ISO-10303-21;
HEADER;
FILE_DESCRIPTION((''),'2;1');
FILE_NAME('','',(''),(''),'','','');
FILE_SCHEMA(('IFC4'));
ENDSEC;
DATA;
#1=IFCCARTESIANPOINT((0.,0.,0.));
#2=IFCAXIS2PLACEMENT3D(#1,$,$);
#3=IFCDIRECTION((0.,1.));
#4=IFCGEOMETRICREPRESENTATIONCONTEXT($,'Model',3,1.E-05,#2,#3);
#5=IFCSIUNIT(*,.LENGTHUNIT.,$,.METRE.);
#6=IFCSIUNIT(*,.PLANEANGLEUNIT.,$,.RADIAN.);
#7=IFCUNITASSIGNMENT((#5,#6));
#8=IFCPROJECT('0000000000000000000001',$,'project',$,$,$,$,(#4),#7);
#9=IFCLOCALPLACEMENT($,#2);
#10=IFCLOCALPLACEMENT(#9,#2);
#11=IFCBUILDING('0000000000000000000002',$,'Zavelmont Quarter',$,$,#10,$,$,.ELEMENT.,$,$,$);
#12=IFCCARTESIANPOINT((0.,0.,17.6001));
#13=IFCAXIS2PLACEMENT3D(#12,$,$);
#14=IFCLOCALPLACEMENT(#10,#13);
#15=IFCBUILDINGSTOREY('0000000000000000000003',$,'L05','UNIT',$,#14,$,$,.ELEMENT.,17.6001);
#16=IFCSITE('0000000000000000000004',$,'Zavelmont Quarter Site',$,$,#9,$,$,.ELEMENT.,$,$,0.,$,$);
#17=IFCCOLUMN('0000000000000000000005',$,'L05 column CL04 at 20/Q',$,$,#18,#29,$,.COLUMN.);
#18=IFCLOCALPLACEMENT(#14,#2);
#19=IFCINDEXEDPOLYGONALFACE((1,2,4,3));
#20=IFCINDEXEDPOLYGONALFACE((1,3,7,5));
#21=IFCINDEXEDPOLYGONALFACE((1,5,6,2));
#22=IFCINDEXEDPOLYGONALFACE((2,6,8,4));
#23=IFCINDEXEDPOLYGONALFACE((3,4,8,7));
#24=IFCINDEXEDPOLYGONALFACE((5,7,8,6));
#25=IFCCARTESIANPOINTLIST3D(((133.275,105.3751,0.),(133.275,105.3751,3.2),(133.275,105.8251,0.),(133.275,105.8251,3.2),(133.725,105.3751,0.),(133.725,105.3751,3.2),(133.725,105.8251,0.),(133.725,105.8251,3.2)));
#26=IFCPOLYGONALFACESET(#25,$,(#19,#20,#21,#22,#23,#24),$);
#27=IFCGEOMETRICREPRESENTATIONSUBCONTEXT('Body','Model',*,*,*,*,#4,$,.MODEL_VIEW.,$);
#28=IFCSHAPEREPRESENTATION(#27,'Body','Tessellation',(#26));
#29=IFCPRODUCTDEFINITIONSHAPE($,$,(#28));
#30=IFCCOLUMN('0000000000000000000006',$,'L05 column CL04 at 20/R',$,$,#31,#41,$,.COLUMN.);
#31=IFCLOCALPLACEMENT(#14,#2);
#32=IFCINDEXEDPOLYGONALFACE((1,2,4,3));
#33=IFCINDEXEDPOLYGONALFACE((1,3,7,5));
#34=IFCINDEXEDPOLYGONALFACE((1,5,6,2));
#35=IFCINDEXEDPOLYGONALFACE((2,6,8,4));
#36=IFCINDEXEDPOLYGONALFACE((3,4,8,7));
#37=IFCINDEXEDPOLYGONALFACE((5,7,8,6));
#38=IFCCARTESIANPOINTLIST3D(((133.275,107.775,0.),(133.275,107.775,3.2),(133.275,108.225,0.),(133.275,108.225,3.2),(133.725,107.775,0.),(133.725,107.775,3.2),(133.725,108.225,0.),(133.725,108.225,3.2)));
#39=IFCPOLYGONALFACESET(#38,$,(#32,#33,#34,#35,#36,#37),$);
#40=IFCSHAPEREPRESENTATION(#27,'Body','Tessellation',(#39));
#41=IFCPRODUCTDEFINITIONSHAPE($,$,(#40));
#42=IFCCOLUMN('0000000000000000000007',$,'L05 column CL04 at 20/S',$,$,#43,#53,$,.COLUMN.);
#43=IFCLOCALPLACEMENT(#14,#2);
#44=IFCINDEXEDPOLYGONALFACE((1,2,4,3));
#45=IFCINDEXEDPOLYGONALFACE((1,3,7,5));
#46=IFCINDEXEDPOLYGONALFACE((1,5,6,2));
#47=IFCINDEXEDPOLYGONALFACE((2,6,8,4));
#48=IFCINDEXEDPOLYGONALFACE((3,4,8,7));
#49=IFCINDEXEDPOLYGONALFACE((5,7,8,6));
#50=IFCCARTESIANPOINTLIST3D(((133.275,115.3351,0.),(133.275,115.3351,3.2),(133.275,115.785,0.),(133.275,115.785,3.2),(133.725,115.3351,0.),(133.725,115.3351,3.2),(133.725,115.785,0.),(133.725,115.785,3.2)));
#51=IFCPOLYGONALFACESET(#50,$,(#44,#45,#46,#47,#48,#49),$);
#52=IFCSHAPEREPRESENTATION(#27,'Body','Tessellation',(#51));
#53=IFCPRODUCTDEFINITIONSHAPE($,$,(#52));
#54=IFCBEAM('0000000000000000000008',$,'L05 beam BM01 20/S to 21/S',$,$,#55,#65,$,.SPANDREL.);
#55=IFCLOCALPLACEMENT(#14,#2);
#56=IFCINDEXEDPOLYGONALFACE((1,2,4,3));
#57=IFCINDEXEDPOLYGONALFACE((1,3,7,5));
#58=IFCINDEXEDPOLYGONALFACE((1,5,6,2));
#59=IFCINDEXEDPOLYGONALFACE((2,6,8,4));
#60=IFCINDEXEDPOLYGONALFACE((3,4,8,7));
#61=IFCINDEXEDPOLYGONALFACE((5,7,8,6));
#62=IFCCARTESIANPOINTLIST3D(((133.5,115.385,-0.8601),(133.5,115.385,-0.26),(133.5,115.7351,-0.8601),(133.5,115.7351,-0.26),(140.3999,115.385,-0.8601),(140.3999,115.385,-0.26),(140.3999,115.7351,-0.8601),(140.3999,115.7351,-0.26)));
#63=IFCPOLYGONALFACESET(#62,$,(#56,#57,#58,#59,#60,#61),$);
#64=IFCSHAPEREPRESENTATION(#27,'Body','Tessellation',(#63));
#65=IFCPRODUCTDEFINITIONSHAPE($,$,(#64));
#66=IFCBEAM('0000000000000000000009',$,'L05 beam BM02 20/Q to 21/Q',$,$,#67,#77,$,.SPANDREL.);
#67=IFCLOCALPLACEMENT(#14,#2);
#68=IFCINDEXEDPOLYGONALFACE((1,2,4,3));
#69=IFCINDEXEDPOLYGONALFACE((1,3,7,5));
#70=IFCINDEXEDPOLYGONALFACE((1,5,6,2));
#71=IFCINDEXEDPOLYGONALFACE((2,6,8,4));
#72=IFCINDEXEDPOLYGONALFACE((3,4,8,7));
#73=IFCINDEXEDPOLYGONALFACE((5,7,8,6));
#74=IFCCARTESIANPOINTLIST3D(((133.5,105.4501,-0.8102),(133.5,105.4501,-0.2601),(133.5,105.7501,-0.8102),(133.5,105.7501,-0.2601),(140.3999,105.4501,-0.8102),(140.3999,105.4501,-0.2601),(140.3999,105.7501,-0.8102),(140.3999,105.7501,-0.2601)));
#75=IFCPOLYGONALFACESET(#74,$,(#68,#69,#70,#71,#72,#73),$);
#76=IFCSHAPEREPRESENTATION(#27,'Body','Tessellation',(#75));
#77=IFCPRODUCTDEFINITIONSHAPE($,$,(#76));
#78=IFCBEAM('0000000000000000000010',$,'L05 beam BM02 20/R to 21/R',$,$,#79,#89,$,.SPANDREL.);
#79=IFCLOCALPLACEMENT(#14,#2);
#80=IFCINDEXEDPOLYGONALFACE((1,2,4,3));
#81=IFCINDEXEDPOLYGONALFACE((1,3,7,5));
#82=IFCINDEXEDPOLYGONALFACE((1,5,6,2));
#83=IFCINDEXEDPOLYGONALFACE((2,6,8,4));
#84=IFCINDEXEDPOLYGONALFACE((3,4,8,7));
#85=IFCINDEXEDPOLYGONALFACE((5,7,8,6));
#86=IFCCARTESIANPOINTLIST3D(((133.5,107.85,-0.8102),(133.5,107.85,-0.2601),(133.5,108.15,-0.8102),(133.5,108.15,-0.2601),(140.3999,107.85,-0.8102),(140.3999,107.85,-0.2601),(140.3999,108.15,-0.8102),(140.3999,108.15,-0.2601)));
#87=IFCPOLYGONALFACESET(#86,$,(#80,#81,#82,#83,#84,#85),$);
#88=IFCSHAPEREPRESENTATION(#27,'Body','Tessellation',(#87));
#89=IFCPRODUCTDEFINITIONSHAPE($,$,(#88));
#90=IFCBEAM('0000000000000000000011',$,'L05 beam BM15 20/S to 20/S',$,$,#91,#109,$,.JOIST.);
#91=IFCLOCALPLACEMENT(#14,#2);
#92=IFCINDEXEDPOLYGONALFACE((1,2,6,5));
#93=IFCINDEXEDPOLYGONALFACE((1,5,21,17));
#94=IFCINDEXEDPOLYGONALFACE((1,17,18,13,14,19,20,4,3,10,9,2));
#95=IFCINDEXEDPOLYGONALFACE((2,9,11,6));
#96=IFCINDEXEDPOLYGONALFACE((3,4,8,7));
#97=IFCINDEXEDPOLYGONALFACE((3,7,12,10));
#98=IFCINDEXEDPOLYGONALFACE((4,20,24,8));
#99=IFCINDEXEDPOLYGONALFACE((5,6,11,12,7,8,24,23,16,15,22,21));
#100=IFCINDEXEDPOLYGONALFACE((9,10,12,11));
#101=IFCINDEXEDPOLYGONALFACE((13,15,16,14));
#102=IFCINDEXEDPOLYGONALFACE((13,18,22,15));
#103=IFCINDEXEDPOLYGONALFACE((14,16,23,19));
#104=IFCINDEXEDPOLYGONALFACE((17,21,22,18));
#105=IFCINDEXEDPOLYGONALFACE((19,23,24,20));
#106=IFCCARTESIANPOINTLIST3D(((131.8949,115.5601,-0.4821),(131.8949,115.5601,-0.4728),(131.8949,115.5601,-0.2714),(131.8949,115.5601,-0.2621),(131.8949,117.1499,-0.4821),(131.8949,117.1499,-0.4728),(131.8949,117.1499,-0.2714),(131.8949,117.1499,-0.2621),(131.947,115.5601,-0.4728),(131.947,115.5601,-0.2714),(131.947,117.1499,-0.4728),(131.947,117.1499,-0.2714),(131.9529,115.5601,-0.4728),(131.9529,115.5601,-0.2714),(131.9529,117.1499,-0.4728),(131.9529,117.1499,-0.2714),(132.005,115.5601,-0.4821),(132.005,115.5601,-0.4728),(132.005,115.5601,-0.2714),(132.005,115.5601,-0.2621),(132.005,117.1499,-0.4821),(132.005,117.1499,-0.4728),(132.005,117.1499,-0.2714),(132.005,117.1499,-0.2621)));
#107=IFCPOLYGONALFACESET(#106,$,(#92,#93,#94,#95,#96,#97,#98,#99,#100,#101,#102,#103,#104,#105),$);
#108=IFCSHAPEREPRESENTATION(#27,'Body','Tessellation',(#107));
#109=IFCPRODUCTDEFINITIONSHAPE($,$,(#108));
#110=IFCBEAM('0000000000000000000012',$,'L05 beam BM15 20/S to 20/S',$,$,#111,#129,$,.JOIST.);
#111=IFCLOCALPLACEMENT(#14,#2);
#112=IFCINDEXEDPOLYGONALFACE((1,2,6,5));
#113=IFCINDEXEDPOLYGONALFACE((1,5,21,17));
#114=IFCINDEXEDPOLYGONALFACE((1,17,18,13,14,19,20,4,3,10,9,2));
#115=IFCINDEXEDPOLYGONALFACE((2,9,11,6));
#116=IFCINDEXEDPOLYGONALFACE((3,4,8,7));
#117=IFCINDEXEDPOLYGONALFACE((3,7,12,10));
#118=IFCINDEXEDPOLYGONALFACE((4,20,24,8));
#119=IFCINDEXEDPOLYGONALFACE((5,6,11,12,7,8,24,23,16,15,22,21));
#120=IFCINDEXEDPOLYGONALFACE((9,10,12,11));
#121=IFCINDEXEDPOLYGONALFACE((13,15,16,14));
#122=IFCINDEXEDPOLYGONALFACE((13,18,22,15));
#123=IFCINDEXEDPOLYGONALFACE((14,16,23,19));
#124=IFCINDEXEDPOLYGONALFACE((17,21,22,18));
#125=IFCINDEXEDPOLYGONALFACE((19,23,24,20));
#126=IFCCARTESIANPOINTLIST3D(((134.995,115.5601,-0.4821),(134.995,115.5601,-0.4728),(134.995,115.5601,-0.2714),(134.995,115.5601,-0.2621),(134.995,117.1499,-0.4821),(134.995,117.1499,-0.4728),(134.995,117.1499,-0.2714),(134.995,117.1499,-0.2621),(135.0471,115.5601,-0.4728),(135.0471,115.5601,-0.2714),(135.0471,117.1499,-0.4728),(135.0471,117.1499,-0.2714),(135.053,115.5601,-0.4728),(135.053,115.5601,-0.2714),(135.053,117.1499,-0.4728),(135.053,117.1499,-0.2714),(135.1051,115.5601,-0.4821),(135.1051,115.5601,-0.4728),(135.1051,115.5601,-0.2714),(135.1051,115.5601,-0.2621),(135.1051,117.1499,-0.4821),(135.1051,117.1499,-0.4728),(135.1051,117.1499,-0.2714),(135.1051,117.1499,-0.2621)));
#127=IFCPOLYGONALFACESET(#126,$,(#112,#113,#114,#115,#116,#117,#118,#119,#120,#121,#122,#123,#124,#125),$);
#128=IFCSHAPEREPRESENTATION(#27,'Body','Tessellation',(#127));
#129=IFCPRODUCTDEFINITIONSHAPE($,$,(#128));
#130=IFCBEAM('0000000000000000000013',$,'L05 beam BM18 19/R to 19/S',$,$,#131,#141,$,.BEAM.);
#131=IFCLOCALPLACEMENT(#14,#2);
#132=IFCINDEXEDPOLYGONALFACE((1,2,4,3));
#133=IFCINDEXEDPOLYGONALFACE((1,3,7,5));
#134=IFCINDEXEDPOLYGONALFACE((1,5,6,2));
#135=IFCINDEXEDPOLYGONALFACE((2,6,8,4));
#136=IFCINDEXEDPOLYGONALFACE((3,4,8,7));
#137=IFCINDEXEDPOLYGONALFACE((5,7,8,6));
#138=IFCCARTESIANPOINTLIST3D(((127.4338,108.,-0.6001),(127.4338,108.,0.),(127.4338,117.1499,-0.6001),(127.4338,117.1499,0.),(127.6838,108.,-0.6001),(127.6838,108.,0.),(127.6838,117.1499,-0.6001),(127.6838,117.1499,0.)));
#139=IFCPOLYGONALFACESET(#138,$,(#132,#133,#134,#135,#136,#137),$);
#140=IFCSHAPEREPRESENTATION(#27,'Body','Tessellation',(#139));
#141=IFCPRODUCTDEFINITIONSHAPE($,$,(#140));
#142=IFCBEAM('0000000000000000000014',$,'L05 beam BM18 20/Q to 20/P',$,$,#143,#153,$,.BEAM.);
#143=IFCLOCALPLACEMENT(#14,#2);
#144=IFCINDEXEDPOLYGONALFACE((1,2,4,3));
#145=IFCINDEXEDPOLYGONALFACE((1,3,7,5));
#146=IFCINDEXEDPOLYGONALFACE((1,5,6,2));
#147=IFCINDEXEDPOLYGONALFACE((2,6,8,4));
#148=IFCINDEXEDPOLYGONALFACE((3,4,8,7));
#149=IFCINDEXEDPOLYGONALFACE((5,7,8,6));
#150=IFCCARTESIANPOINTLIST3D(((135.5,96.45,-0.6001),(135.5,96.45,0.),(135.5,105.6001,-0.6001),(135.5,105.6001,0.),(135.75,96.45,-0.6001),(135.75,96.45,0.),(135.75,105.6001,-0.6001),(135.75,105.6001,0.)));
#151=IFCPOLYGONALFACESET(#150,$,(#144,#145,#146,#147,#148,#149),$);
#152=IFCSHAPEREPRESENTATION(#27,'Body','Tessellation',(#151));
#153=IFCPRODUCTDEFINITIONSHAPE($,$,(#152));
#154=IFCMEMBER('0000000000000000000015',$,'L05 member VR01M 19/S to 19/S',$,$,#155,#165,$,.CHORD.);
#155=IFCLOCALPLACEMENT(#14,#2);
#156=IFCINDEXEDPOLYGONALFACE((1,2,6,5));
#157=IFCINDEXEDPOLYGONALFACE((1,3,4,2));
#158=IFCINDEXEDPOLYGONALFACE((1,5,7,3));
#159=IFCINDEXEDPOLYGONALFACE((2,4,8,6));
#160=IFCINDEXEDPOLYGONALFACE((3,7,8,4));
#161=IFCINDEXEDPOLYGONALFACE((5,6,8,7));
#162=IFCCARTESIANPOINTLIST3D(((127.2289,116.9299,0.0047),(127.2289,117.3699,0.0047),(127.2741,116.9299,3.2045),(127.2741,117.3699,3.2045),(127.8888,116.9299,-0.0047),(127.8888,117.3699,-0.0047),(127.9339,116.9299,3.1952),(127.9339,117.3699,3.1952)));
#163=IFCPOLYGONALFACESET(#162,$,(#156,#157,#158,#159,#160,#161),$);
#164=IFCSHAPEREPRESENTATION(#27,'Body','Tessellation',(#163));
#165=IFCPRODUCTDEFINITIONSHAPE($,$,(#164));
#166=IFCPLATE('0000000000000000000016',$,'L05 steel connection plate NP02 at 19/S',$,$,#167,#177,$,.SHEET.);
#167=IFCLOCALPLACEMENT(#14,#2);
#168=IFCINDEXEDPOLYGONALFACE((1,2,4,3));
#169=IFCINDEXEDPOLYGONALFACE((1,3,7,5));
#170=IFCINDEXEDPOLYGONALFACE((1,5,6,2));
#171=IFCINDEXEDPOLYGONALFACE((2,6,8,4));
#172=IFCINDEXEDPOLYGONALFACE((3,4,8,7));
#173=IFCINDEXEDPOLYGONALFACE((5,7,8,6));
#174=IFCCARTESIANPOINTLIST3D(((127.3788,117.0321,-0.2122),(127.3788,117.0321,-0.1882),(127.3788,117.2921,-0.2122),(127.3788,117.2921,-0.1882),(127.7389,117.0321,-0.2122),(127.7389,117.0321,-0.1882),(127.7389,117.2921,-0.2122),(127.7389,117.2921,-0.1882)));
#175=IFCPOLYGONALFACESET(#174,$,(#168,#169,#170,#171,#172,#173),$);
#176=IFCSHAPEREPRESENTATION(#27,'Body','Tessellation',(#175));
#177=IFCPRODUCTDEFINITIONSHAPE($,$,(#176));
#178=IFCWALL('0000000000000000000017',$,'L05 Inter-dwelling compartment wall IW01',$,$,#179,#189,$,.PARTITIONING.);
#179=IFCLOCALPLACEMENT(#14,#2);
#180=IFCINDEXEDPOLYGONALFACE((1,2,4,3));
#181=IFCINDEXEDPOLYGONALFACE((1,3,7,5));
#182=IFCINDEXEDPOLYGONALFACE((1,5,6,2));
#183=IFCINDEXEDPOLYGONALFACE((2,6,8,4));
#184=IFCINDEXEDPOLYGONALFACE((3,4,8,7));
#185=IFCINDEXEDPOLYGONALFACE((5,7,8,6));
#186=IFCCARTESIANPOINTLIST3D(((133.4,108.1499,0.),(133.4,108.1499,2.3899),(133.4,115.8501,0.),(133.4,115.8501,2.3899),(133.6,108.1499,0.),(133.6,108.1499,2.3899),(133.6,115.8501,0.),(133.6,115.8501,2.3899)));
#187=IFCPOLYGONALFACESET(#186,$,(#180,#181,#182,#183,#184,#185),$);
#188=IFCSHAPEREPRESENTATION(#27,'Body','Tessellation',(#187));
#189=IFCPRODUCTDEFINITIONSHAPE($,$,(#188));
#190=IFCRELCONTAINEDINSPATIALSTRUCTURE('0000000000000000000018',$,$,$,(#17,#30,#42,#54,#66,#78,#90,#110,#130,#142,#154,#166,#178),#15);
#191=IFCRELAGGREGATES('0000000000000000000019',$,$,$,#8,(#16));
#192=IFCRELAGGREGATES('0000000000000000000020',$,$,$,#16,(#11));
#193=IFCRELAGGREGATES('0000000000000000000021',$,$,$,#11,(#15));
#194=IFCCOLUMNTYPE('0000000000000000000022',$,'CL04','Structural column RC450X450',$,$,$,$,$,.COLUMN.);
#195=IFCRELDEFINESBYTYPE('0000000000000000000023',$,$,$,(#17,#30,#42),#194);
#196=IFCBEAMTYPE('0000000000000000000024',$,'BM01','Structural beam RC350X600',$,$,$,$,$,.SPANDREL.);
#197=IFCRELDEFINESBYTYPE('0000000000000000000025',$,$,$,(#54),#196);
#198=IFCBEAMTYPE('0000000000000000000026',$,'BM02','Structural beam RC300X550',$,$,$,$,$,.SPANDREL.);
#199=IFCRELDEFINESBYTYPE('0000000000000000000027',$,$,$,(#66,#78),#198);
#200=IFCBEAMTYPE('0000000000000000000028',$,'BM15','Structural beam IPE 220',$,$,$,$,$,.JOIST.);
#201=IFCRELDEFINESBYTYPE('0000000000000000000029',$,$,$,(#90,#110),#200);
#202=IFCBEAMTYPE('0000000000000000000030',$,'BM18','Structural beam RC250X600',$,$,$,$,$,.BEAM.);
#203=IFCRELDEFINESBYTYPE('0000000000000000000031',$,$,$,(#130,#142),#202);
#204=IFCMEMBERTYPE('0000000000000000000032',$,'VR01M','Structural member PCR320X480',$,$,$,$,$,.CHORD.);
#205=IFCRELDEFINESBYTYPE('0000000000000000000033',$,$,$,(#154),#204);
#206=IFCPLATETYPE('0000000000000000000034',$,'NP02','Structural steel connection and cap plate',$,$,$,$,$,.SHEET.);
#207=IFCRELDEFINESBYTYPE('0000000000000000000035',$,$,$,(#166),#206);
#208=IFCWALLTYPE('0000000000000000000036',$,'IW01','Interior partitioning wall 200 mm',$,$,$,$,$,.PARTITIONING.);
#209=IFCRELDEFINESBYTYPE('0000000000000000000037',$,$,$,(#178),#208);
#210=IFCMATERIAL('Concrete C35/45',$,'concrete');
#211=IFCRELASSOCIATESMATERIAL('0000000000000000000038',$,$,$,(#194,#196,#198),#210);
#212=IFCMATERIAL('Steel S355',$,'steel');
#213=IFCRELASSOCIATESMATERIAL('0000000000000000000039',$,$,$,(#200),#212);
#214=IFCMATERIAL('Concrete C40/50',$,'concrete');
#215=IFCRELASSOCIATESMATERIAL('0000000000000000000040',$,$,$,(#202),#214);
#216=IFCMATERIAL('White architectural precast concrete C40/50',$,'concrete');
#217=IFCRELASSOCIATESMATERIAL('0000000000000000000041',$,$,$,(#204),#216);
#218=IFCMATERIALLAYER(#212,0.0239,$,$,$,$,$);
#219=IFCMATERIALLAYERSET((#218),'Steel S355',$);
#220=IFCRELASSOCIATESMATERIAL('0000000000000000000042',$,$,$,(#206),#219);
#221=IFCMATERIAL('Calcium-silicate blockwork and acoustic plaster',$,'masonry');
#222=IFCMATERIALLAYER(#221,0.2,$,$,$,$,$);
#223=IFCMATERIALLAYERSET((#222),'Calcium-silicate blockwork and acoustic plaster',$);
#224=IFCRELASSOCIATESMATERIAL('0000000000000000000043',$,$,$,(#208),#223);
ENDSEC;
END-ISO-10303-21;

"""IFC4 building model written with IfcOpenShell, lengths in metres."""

from ifc_helpers import new_model, si_unit, direction, frame, frame_2d, origin, origin_2d, place, context, subcontext, project, spatial, rectangle, i_section, extrude, material, layer, layer_set, material_profile, profile_set, type_object, element, save


model = new_model("IFC4")

# Units and contexts
model_context = context("Model", 3, precision=1e-05, world=origin(), true_north=direction((0.0, 1.0)))
body_context = subcontext(model_context, "Body", "Model", "MODEL_VIEW")
ifc_project = project(units=[si_unit("LENGTHUNIT", "METRE"), si_unit("PLANEANGLEUNIT", "RADIAN")], contexts=[model_context])

# Site, building, storey
site_placement = place(None, origin())
site = spatial("IfcSite", under=ifc_project, at=site_placement, Name="Zavelmont Quarter Site", CompositionType="ELEMENT", RefElevation=0.0)
building_placement = place(site_placement, origin())
building = spatial("IfcBuilding", under=site, at=building_placement, Name="Zavelmont Quarter", CompositionType="ELEMENT")
storey_placement = place(building_placement, frame((0.0, 0.0, 17.6001)))
storey = spatial("IfcBuildingStorey", under=building, at=storey_placement, Name="L05", Description="UNIT", CompositionType="ELEMENT", Elevation=17.6001)

# Columns
ifc_material_1 = material(Name="Concrete C35/45", Category="concrete")
ifc_material_profile_1 = material_profile(ifc_material_1, rectangle(XDim=0.45, YDim=0.45, at=origin_2d()), Name="RC450X450")
ifc_profile_set_1 = profile_set([ifc_material_profile_1], Name="Concrete C35/45")
column_type = type_object("IfcColumnType", Name="CL04", Description="Structural column RC450X450", PredefinedType="COLUMN", material=ifc_profile_set_1)
for number, where, z_axis, x_axis, name in (
    (1, (133.5, 105.6001, 0.0), (0.0, 0.0, 1.0), (1.0, 0.0, 0.0), "L05 column CL04 at 20/Q"),
    (2, (133.5, 108.0, 0.0), (0.0, 0.0, 1.0), (1.0, 0.0, 0.0), "L05 column CL04 at 20/R"),
    (3, (133.5, 115.5601, 0.0), (0.0, 0.0, 1.0), (1.0, 0.0, 0.0), "L05 column CL04 at 20/S"),
):
    element("IfcColumn", number, at=place(storey_placement, frame(where, z_axis=z_axis, x_axis=x_axis)), inside=storey, type_object=column_type, Name=name, PredefinedType="COLUMN", context=body_context, shape_type="SweptSolid", body=[
        extrude(rectangle(XDim=0.45, YDim=0.45, at=origin_2d()), origin(), (0.0, 0.0, 1.0), 3.2),
    ])

# Beams
ifc_material_profile_2 = material_profile(ifc_material_1, rectangle(XDim=0.3501, YDim=0.6001, at=origin_2d()), Name="RC350X600")
ifc_profile_set_2 = profile_set([ifc_material_profile_2], Name="Concrete C35/45")
beam_type_1 = type_object("IfcBeamType", Name="BM01", Description="Structural beam RC350X600", PredefinedType="SPANDREL", material=ifc_profile_set_2)
beam_1_placement = place(storey_placement, frame((133.5, 115.5601, -0.5601), z_axis=(1.0, 0.0, 0.0), x_axis=(0.0, 1.0, 0.0)))
element("IfcBeam", 4, at=beam_1_placement, inside=storey, type_object=beam_type_1, Name="L05 beam BM01 20/S to 21/S", PredefinedType="SPANDREL", context=body_context, shape_type="SweptSolid", body=[
    extrude(rectangle(XDim=0.3501, YDim=0.6001, at=origin_2d()), origin(), (0.0, 0.0, 1.0), 6.8999),
])
ifc_material_profile_3 = material_profile(ifc_material_1, rectangle(XDim=0.3, YDim=0.55, at=origin_2d()), Name="RC300X550")
ifc_profile_set_3 = profile_set([ifc_material_profile_3], Name="Concrete C35/45")
beam_type_2 = type_object("IfcBeamType", Name="BM02", Description="Structural beam RC300X550", PredefinedType="SPANDREL", material=ifc_profile_set_3)
for number, where, z_axis, x_axis, name in (
    (5, (133.5, 105.6001, -0.5352), (1.0, 0.0, 0.0), (0.0, 1.0, 0.0), "L05 beam BM02 20/Q to 21/Q"),
    (6, (133.5, 108.0, -0.5352), (1.0, 0.0, 0.0), (0.0, 1.0, 0.0), "L05 beam BM02 20/R to 21/R"),
):
    element("IfcBeam", number, at=place(storey_placement, frame(where, z_axis=z_axis, x_axis=x_axis)), inside=storey, type_object=beam_type_2, Name=name, PredefinedType="SPANDREL", context=body_context, shape_type="SweptSolid", body=[
        extrude(rectangle(XDim=0.3, YDim=0.55, at=origin_2d()), origin(), (0.0, 0.0, 1.0), 6.8999),
    ])
ifc_material_2 = material(Name="Steel S355", Category="steel")
ifc_material_profile_4 = material_profile(ifc_material_2, i_section(OverallWidth=0.1101, OverallDepth=0.22, WebThickness=0.0059, FlangeThickness=0.0093, at=origin_2d()), Name="IPE 220")
ifc_profile_set_4 = profile_set([ifc_material_profile_4], Name="Steel S355")
beam_type_3 = type_object("IfcBeamType", Name="BM15", Description="Structural beam IPE 220", PredefinedType="JOIST", material=ifc_profile_set_4)
for number, where, z_axis, x_axis, name in (
    (7, (131.95, 115.5601, -0.3721), (0.0, 1.0, 0.0), (-1.0, 0.0, 0.0), "L05 beam BM15 20/S to 20/S"),
    (8, (135.05, 115.5601, -0.3721), (0.0, 1.0, 0.0), (-1.0, 0.0, 0.0), "L05 beam BM15 20/S to 20/S"),
):
    element("IfcBeam", number, at=place(storey_placement, frame(where, z_axis=z_axis, x_axis=x_axis)), inside=storey, type_object=beam_type_3, Name=name, PredefinedType="JOIST", context=body_context, shape_type="SweptSolid", body=[
        extrude(i_section(OverallWidth=0.1101, OverallDepth=0.22, WebThickness=0.0059, FlangeThickness=0.0093, at=origin_2d()), origin(), (0.0, 0.0, 1.0), 1.5898),
    ])
ifc_material_3 = material(Name="Concrete C40/50", Category="concrete")
ifc_material_profile_5 = material_profile(ifc_material_3, rectangle(XDim=0.25, YDim=0.6001, at=origin_2d()), Name="RC250X600")
ifc_profile_set_5 = profile_set([ifc_material_profile_5], Name="Concrete C40/50")
beam_type_4 = type_object("IfcBeamType", Name="BM18", Description="Structural beam RC250X600", PredefinedType="BEAM", material=ifc_profile_set_5)
beam_2_placement = place(storey_placement, frame((127.5588, 108.0, -0.3), z_axis=(0.0, 1.0, 0.0), x_axis=(-1.0, 0.0, 0.0)))
element("IfcBeam", 9, at=beam_2_placement, inside=storey, type_object=beam_type_4, Name="L05 beam BM18 19/R to 19/S", PredefinedType="BEAM", context=body_context, shape_type="SweptSolid", body=[
    extrude(rectangle(XDim=0.25, YDim=0.6001, at=origin_2d()), origin(), (0.0, 0.0, 1.0), 9.1499),
])
beam_3_placement = place(storey_placement, frame((135.625, 105.6001, -0.3), z_axis=(0.0, -1.0, 0.0), x_axis=(1.0, 0.0, 0.0)))
element("IfcBeam", 10, at=beam_3_placement, inside=storey, type_object=beam_type_4, Name="L05 beam BM18 20/Q to 20/P", PredefinedType="BEAM", context=body_context, shape_type="SweptSolid", body=[
    extrude(rectangle(XDim=0.25, YDim=0.6001, at=origin_2d()), origin(), (0.0, 0.0, 1.0), 9.1501),
])

# Member
ifc_material_4 = material(Name="White architectural precast concrete C40/50", Category="concrete")
ifc_material_profile_6 = material_profile(ifc_material_4, rectangle(XDim=0.4399, YDim=0.6599, at=origin_2d()), Name="PCR320X480")
ifc_profile_set_6 = profile_set([ifc_material_profile_6], Name="White architectural precast concrete C40/50")
member_type = type_object("IfcMemberType", Name="VR01M", Description="Structural member PCR320X480", PredefinedType="CHORD", material=ifc_profile_set_6)
member_placement = place(storey_placement, frame((127.5588, 117.1499, 0.0), z_axis=(0.014113, 0.0, 0.9999), x_axis=(0.0, 1.0, 0.0)))
element("IfcMember", 11, at=member_placement, inside=storey, type_object=member_type, Name="L05 member VR01M 19/S to 19/S", PredefinedType="CHORD", context=body_context, shape_type="SweptSolid", body=[
    extrude(rectangle(XDim=0.4399, YDim=0.6599, at=origin_2d()), origin(), (0.0, 0.0, 1.0), 3.2002),
])

# Plate
ifc_layer_1 = layer(ifc_material_2, 0.0239)
ifc_layer_set_1 = layer_set([ifc_layer_1], Name="Steel S355")
plate_type = type_object("IfcPlateType", Name="NP02", Description="Structural steel connection and cap plate", PredefinedType="SHEET", material=ifc_layer_set_1)
plate_placement = place(storey_placement, frame((127.5588, 117.1621, -0.2122), z_axis=(0.0, 0.0, 1.0), x_axis=(1.0, 0.0, 0.0)))
element("IfcPlate", 12, at=plate_placement, inside=storey, type_object=plate_type, Name="L05 steel connection plate NP02 at 19/S", PredefinedType="SHEET", context=body_context, shape_type="SweptSolid", body=[
    extrude(rectangle(XDim=0.3601, YDim=0.26, at=origin_2d()), origin(), (0.0, 0.0, 1.0), 0.0239),
])

# Wall
ifc_material_5 = material(Name="Calcium-silicate blockwork and acoustic plaster", Category="masonry")
ifc_layer_2 = layer(ifc_material_5, 0.2)
ifc_layer_set_2 = layer_set([ifc_layer_2], Name="Calcium-silicate blockwork and acoustic plaster")
wall_type_1 = type_object("IfcWallType", Name="IW01", Description="Interior partitioning wall 200 mm", PredefinedType="PARTITIONING", material=ifc_layer_set_2)
wall_1_placement = place(storey_placement, frame((133.5, 108.1499, 0.0), z_axis=(0.0, 0.0, 1.0), x_axis=(0.0, 1.0, 0.0)))
element("IfcWall", 13, at=wall_1_placement, inside=storey, type_object=wall_type_1, Name="L05 Inter-dwelling compartment wall IW01", PredefinedType="PARTITIONING", context=body_context, shape_type="SweptSolid", body=[
    extrude(rectangle(XDim=7.7002, YDim=0.2, at=frame_2d((3.8501, 0.0))), origin(), (0.0, 0.0, 1.0), 2.3899),
])

save(model, "model.ifc")
